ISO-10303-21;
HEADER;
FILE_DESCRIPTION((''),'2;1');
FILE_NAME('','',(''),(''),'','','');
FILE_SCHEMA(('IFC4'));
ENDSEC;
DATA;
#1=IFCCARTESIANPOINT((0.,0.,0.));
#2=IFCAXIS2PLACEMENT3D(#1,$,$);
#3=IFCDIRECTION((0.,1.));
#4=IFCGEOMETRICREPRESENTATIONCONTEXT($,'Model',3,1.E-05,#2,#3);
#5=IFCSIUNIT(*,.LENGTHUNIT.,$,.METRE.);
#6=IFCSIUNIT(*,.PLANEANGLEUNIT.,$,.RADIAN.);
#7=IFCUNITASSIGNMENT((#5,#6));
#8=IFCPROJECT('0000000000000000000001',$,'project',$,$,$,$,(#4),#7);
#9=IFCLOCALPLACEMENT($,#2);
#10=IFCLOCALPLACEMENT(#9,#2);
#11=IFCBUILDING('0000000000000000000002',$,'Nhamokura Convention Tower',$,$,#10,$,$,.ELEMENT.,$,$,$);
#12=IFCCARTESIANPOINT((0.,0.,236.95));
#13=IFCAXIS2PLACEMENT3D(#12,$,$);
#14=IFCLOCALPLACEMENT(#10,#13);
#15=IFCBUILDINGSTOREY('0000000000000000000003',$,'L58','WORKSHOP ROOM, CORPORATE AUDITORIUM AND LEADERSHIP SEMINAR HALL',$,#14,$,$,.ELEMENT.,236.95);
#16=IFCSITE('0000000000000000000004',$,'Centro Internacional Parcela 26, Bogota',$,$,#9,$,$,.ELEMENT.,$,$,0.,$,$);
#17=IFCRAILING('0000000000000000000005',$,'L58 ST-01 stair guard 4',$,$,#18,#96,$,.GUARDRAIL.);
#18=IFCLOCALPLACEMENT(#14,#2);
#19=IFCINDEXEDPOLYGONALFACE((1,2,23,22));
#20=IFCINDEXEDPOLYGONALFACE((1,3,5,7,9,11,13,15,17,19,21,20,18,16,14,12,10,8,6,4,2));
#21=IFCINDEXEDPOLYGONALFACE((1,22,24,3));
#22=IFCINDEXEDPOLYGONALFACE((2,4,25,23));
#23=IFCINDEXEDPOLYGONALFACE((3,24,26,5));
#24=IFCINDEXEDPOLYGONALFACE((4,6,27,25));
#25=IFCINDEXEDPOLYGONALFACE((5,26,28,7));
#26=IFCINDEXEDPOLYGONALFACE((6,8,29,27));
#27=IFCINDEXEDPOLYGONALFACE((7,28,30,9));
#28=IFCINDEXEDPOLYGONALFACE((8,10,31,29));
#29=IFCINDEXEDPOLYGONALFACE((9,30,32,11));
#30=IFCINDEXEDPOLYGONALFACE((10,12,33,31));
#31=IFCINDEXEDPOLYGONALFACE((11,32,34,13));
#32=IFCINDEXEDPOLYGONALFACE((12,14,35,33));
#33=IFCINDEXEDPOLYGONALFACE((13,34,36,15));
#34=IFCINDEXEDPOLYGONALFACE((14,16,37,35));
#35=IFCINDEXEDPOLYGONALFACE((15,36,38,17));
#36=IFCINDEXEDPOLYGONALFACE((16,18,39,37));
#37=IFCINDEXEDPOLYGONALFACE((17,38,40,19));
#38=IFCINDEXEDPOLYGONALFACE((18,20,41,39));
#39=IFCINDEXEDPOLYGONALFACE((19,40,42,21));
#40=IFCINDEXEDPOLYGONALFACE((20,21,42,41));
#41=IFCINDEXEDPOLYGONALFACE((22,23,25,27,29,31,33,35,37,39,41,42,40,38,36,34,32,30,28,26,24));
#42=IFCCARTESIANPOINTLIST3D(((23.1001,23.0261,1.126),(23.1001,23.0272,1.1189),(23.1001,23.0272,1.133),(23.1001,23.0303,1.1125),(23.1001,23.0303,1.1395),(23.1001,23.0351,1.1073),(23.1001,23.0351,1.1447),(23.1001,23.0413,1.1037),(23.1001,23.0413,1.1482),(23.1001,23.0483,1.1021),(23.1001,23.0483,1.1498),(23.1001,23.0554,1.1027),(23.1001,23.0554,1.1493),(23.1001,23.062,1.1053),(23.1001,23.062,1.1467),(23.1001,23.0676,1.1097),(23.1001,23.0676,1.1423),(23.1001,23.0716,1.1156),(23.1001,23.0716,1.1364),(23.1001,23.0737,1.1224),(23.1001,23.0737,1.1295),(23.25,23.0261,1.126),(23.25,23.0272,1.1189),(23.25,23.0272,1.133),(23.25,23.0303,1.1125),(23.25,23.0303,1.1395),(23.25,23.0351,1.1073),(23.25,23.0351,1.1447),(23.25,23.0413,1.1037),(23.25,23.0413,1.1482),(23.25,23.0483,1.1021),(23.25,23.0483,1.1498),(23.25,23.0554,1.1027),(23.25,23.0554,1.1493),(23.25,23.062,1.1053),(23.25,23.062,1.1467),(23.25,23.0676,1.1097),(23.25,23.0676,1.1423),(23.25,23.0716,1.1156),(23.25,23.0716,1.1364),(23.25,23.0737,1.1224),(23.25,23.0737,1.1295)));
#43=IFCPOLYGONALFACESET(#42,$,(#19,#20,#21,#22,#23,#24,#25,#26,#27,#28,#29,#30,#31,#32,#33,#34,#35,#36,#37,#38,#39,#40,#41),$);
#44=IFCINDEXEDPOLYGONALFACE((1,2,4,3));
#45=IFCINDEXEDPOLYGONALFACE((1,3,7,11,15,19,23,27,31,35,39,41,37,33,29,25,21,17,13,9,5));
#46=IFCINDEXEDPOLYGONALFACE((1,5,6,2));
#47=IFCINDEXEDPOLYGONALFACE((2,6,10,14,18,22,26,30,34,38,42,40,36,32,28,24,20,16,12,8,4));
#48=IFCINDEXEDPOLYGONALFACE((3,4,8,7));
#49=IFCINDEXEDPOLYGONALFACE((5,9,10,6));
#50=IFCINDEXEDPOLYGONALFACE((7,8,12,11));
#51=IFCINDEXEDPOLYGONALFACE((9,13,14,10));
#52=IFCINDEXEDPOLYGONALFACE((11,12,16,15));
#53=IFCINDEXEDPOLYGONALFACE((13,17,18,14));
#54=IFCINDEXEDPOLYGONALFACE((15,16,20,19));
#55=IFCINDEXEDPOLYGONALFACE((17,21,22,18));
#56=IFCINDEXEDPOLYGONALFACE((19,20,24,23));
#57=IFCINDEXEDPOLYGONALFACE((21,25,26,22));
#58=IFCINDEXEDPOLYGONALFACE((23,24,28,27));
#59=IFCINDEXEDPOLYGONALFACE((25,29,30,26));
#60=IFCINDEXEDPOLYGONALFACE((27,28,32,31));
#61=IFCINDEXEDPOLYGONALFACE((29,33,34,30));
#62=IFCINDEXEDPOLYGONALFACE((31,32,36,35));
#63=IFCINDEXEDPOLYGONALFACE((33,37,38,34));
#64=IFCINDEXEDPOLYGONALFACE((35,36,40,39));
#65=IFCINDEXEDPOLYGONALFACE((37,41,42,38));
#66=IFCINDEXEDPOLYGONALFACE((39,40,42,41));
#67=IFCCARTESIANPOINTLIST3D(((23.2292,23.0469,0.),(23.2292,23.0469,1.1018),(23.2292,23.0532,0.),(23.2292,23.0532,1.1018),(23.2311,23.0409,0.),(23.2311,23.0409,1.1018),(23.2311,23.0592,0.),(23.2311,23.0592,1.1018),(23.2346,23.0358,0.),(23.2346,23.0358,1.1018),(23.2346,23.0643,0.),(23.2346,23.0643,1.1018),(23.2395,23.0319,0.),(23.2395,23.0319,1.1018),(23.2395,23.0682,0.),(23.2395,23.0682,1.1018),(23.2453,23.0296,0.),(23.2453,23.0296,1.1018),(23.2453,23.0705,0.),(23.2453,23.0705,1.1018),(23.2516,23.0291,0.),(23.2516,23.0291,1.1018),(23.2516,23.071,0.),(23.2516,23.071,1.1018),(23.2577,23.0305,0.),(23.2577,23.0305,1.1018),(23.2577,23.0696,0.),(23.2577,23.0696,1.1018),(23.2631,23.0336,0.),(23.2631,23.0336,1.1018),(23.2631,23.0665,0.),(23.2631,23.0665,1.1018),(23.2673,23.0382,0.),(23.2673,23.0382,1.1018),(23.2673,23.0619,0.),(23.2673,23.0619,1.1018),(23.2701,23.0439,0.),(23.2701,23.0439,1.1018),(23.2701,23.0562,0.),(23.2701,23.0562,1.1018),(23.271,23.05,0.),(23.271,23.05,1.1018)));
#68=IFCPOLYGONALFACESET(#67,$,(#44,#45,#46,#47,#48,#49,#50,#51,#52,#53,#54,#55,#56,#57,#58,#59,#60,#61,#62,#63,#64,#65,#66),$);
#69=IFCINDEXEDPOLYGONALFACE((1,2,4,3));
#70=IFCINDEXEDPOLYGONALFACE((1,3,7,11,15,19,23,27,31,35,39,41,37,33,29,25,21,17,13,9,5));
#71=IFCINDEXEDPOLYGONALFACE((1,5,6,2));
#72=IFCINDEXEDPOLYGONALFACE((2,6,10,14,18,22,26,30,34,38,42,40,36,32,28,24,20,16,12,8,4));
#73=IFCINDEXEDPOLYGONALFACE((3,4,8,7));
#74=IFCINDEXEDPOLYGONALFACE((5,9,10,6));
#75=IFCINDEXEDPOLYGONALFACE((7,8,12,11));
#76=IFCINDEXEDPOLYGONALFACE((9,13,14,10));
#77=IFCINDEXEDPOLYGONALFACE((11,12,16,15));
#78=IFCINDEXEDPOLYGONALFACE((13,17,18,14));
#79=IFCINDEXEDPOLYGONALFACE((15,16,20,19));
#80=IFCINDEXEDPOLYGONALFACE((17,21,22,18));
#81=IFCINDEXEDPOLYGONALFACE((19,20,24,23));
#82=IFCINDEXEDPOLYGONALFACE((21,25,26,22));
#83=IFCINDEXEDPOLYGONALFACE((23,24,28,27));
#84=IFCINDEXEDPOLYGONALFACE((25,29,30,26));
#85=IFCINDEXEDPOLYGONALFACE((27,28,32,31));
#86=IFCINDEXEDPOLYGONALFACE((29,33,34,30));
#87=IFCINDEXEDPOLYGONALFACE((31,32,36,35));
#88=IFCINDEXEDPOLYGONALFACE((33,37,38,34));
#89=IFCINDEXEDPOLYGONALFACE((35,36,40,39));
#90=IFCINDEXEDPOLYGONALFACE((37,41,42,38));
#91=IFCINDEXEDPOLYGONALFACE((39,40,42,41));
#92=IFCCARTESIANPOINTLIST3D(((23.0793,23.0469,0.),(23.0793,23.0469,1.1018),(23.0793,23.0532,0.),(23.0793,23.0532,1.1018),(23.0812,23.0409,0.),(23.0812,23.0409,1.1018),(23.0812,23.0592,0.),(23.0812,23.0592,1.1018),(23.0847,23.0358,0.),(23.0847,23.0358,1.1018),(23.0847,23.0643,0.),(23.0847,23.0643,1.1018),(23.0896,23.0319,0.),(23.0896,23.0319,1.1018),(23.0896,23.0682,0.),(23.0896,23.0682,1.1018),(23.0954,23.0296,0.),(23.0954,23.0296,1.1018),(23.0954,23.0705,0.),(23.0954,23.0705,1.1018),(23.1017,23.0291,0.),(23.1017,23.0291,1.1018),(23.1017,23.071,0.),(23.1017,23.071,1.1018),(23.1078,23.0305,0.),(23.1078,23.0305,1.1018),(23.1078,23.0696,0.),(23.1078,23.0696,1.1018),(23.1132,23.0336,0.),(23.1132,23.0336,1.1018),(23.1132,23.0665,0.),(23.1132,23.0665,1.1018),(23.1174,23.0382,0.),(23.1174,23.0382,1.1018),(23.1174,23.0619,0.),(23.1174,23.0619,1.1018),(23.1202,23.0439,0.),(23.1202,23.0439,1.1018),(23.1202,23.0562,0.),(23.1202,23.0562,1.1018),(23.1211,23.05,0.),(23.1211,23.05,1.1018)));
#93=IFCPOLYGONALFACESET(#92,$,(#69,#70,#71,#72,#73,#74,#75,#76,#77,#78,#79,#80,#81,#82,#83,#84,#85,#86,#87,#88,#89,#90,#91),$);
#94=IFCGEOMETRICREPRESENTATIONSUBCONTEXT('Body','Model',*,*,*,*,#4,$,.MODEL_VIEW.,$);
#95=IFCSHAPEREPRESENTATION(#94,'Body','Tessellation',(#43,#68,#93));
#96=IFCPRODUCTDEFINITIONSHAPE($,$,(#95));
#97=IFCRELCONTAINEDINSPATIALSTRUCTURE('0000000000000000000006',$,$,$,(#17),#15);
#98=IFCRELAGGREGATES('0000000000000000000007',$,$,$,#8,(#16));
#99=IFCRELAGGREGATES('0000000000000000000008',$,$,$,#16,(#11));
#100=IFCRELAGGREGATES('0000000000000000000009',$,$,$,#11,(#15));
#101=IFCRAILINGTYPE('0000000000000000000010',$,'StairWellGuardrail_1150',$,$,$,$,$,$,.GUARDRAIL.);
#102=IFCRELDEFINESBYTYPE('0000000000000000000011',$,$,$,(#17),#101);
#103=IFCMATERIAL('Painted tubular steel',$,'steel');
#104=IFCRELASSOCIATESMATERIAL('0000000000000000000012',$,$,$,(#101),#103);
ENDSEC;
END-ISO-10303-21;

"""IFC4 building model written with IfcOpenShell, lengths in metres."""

from ifc_helpers import new_model, si_unit, direction, frame, origin, origin_2d, place, context, subcontext, project, spatial, circle, extrude, material, type_object, element, save


model = new_model("IFC4")

# Units and contexts
model_context = context("Model", 3, precision=1e-05, world=origin(), true_north=direction((0.0, 1.0)))
body_context = subcontext(model_context, "Body", "Model", "MODEL_VIEW")
ifc_project = project(units=[si_unit("LENGTHUNIT", "METRE"), si_unit("PLANEANGLEUNIT", "RADIAN")], contexts=[model_context])

# Site, building, storey
site_placement = place(None, origin())
site = spatial("IfcSite", under=ifc_project, at=site_placement, Name="Centro Internacional Parcela 26, Bogota", CompositionType="ELEMENT", RefElevation=0.0)
building_placement = place(site_placement, origin())
building = spatial("IfcBuilding", under=site, at=building_placement, Name="Nhamokura Convention Tower", CompositionType="ELEMENT")
storey_placement = place(building_placement, frame((0.0, 0.0, 236.95)))
storey = spatial("IfcBuildingStorey", under=building, at=storey_placement, Name="L58", Description="WORKSHOP ROOM, CORPORATE AUDITORIUM AND LEADERSHIP SEMINAR HALL", CompositionType="ELEMENT", Elevation=236.95)

# Railing
ifc_material_1 = material(Name="Painted tubular steel", Category="steel")
railing_type_1 = type_object("IfcRailingType", Name="StairWellGuardrail_1150", PredefinedType="GUARDRAIL", material=ifc_material_1)
railing_1_placement = place(storey_placement, frame((23.25, 23.05, 0.0)))
element("IfcRailing", 1, at=railing_1_placement, inside=storey, type_object=railing_type_1, Name="L58 ST-01 stair guard 4", PredefinedType="GUARDRAIL", context=body_context, shape_type="SweptSolid", body=[
    extrude(circle(Radius=0.0239, at=origin_2d()), frame((0.0, 0.0, 1.126), z_axis=(-1.0, 0.0, 0.0), x_axis=(0.0, -1.0, 0.0)), (0.0, 0.0, 1.0), 0.1499),
    extrude(circle(Radius=0.021, at=origin_2d()), origin(), (0.0, 0.0, 1.0), 1.1018),
    extrude(circle(Radius=0.021, at=origin_2d()), frame((-0.1499, 0.0, 0.0)), (0.0, 0.0, 1.0), 1.1018),
])

save(model, "model.ifc")
